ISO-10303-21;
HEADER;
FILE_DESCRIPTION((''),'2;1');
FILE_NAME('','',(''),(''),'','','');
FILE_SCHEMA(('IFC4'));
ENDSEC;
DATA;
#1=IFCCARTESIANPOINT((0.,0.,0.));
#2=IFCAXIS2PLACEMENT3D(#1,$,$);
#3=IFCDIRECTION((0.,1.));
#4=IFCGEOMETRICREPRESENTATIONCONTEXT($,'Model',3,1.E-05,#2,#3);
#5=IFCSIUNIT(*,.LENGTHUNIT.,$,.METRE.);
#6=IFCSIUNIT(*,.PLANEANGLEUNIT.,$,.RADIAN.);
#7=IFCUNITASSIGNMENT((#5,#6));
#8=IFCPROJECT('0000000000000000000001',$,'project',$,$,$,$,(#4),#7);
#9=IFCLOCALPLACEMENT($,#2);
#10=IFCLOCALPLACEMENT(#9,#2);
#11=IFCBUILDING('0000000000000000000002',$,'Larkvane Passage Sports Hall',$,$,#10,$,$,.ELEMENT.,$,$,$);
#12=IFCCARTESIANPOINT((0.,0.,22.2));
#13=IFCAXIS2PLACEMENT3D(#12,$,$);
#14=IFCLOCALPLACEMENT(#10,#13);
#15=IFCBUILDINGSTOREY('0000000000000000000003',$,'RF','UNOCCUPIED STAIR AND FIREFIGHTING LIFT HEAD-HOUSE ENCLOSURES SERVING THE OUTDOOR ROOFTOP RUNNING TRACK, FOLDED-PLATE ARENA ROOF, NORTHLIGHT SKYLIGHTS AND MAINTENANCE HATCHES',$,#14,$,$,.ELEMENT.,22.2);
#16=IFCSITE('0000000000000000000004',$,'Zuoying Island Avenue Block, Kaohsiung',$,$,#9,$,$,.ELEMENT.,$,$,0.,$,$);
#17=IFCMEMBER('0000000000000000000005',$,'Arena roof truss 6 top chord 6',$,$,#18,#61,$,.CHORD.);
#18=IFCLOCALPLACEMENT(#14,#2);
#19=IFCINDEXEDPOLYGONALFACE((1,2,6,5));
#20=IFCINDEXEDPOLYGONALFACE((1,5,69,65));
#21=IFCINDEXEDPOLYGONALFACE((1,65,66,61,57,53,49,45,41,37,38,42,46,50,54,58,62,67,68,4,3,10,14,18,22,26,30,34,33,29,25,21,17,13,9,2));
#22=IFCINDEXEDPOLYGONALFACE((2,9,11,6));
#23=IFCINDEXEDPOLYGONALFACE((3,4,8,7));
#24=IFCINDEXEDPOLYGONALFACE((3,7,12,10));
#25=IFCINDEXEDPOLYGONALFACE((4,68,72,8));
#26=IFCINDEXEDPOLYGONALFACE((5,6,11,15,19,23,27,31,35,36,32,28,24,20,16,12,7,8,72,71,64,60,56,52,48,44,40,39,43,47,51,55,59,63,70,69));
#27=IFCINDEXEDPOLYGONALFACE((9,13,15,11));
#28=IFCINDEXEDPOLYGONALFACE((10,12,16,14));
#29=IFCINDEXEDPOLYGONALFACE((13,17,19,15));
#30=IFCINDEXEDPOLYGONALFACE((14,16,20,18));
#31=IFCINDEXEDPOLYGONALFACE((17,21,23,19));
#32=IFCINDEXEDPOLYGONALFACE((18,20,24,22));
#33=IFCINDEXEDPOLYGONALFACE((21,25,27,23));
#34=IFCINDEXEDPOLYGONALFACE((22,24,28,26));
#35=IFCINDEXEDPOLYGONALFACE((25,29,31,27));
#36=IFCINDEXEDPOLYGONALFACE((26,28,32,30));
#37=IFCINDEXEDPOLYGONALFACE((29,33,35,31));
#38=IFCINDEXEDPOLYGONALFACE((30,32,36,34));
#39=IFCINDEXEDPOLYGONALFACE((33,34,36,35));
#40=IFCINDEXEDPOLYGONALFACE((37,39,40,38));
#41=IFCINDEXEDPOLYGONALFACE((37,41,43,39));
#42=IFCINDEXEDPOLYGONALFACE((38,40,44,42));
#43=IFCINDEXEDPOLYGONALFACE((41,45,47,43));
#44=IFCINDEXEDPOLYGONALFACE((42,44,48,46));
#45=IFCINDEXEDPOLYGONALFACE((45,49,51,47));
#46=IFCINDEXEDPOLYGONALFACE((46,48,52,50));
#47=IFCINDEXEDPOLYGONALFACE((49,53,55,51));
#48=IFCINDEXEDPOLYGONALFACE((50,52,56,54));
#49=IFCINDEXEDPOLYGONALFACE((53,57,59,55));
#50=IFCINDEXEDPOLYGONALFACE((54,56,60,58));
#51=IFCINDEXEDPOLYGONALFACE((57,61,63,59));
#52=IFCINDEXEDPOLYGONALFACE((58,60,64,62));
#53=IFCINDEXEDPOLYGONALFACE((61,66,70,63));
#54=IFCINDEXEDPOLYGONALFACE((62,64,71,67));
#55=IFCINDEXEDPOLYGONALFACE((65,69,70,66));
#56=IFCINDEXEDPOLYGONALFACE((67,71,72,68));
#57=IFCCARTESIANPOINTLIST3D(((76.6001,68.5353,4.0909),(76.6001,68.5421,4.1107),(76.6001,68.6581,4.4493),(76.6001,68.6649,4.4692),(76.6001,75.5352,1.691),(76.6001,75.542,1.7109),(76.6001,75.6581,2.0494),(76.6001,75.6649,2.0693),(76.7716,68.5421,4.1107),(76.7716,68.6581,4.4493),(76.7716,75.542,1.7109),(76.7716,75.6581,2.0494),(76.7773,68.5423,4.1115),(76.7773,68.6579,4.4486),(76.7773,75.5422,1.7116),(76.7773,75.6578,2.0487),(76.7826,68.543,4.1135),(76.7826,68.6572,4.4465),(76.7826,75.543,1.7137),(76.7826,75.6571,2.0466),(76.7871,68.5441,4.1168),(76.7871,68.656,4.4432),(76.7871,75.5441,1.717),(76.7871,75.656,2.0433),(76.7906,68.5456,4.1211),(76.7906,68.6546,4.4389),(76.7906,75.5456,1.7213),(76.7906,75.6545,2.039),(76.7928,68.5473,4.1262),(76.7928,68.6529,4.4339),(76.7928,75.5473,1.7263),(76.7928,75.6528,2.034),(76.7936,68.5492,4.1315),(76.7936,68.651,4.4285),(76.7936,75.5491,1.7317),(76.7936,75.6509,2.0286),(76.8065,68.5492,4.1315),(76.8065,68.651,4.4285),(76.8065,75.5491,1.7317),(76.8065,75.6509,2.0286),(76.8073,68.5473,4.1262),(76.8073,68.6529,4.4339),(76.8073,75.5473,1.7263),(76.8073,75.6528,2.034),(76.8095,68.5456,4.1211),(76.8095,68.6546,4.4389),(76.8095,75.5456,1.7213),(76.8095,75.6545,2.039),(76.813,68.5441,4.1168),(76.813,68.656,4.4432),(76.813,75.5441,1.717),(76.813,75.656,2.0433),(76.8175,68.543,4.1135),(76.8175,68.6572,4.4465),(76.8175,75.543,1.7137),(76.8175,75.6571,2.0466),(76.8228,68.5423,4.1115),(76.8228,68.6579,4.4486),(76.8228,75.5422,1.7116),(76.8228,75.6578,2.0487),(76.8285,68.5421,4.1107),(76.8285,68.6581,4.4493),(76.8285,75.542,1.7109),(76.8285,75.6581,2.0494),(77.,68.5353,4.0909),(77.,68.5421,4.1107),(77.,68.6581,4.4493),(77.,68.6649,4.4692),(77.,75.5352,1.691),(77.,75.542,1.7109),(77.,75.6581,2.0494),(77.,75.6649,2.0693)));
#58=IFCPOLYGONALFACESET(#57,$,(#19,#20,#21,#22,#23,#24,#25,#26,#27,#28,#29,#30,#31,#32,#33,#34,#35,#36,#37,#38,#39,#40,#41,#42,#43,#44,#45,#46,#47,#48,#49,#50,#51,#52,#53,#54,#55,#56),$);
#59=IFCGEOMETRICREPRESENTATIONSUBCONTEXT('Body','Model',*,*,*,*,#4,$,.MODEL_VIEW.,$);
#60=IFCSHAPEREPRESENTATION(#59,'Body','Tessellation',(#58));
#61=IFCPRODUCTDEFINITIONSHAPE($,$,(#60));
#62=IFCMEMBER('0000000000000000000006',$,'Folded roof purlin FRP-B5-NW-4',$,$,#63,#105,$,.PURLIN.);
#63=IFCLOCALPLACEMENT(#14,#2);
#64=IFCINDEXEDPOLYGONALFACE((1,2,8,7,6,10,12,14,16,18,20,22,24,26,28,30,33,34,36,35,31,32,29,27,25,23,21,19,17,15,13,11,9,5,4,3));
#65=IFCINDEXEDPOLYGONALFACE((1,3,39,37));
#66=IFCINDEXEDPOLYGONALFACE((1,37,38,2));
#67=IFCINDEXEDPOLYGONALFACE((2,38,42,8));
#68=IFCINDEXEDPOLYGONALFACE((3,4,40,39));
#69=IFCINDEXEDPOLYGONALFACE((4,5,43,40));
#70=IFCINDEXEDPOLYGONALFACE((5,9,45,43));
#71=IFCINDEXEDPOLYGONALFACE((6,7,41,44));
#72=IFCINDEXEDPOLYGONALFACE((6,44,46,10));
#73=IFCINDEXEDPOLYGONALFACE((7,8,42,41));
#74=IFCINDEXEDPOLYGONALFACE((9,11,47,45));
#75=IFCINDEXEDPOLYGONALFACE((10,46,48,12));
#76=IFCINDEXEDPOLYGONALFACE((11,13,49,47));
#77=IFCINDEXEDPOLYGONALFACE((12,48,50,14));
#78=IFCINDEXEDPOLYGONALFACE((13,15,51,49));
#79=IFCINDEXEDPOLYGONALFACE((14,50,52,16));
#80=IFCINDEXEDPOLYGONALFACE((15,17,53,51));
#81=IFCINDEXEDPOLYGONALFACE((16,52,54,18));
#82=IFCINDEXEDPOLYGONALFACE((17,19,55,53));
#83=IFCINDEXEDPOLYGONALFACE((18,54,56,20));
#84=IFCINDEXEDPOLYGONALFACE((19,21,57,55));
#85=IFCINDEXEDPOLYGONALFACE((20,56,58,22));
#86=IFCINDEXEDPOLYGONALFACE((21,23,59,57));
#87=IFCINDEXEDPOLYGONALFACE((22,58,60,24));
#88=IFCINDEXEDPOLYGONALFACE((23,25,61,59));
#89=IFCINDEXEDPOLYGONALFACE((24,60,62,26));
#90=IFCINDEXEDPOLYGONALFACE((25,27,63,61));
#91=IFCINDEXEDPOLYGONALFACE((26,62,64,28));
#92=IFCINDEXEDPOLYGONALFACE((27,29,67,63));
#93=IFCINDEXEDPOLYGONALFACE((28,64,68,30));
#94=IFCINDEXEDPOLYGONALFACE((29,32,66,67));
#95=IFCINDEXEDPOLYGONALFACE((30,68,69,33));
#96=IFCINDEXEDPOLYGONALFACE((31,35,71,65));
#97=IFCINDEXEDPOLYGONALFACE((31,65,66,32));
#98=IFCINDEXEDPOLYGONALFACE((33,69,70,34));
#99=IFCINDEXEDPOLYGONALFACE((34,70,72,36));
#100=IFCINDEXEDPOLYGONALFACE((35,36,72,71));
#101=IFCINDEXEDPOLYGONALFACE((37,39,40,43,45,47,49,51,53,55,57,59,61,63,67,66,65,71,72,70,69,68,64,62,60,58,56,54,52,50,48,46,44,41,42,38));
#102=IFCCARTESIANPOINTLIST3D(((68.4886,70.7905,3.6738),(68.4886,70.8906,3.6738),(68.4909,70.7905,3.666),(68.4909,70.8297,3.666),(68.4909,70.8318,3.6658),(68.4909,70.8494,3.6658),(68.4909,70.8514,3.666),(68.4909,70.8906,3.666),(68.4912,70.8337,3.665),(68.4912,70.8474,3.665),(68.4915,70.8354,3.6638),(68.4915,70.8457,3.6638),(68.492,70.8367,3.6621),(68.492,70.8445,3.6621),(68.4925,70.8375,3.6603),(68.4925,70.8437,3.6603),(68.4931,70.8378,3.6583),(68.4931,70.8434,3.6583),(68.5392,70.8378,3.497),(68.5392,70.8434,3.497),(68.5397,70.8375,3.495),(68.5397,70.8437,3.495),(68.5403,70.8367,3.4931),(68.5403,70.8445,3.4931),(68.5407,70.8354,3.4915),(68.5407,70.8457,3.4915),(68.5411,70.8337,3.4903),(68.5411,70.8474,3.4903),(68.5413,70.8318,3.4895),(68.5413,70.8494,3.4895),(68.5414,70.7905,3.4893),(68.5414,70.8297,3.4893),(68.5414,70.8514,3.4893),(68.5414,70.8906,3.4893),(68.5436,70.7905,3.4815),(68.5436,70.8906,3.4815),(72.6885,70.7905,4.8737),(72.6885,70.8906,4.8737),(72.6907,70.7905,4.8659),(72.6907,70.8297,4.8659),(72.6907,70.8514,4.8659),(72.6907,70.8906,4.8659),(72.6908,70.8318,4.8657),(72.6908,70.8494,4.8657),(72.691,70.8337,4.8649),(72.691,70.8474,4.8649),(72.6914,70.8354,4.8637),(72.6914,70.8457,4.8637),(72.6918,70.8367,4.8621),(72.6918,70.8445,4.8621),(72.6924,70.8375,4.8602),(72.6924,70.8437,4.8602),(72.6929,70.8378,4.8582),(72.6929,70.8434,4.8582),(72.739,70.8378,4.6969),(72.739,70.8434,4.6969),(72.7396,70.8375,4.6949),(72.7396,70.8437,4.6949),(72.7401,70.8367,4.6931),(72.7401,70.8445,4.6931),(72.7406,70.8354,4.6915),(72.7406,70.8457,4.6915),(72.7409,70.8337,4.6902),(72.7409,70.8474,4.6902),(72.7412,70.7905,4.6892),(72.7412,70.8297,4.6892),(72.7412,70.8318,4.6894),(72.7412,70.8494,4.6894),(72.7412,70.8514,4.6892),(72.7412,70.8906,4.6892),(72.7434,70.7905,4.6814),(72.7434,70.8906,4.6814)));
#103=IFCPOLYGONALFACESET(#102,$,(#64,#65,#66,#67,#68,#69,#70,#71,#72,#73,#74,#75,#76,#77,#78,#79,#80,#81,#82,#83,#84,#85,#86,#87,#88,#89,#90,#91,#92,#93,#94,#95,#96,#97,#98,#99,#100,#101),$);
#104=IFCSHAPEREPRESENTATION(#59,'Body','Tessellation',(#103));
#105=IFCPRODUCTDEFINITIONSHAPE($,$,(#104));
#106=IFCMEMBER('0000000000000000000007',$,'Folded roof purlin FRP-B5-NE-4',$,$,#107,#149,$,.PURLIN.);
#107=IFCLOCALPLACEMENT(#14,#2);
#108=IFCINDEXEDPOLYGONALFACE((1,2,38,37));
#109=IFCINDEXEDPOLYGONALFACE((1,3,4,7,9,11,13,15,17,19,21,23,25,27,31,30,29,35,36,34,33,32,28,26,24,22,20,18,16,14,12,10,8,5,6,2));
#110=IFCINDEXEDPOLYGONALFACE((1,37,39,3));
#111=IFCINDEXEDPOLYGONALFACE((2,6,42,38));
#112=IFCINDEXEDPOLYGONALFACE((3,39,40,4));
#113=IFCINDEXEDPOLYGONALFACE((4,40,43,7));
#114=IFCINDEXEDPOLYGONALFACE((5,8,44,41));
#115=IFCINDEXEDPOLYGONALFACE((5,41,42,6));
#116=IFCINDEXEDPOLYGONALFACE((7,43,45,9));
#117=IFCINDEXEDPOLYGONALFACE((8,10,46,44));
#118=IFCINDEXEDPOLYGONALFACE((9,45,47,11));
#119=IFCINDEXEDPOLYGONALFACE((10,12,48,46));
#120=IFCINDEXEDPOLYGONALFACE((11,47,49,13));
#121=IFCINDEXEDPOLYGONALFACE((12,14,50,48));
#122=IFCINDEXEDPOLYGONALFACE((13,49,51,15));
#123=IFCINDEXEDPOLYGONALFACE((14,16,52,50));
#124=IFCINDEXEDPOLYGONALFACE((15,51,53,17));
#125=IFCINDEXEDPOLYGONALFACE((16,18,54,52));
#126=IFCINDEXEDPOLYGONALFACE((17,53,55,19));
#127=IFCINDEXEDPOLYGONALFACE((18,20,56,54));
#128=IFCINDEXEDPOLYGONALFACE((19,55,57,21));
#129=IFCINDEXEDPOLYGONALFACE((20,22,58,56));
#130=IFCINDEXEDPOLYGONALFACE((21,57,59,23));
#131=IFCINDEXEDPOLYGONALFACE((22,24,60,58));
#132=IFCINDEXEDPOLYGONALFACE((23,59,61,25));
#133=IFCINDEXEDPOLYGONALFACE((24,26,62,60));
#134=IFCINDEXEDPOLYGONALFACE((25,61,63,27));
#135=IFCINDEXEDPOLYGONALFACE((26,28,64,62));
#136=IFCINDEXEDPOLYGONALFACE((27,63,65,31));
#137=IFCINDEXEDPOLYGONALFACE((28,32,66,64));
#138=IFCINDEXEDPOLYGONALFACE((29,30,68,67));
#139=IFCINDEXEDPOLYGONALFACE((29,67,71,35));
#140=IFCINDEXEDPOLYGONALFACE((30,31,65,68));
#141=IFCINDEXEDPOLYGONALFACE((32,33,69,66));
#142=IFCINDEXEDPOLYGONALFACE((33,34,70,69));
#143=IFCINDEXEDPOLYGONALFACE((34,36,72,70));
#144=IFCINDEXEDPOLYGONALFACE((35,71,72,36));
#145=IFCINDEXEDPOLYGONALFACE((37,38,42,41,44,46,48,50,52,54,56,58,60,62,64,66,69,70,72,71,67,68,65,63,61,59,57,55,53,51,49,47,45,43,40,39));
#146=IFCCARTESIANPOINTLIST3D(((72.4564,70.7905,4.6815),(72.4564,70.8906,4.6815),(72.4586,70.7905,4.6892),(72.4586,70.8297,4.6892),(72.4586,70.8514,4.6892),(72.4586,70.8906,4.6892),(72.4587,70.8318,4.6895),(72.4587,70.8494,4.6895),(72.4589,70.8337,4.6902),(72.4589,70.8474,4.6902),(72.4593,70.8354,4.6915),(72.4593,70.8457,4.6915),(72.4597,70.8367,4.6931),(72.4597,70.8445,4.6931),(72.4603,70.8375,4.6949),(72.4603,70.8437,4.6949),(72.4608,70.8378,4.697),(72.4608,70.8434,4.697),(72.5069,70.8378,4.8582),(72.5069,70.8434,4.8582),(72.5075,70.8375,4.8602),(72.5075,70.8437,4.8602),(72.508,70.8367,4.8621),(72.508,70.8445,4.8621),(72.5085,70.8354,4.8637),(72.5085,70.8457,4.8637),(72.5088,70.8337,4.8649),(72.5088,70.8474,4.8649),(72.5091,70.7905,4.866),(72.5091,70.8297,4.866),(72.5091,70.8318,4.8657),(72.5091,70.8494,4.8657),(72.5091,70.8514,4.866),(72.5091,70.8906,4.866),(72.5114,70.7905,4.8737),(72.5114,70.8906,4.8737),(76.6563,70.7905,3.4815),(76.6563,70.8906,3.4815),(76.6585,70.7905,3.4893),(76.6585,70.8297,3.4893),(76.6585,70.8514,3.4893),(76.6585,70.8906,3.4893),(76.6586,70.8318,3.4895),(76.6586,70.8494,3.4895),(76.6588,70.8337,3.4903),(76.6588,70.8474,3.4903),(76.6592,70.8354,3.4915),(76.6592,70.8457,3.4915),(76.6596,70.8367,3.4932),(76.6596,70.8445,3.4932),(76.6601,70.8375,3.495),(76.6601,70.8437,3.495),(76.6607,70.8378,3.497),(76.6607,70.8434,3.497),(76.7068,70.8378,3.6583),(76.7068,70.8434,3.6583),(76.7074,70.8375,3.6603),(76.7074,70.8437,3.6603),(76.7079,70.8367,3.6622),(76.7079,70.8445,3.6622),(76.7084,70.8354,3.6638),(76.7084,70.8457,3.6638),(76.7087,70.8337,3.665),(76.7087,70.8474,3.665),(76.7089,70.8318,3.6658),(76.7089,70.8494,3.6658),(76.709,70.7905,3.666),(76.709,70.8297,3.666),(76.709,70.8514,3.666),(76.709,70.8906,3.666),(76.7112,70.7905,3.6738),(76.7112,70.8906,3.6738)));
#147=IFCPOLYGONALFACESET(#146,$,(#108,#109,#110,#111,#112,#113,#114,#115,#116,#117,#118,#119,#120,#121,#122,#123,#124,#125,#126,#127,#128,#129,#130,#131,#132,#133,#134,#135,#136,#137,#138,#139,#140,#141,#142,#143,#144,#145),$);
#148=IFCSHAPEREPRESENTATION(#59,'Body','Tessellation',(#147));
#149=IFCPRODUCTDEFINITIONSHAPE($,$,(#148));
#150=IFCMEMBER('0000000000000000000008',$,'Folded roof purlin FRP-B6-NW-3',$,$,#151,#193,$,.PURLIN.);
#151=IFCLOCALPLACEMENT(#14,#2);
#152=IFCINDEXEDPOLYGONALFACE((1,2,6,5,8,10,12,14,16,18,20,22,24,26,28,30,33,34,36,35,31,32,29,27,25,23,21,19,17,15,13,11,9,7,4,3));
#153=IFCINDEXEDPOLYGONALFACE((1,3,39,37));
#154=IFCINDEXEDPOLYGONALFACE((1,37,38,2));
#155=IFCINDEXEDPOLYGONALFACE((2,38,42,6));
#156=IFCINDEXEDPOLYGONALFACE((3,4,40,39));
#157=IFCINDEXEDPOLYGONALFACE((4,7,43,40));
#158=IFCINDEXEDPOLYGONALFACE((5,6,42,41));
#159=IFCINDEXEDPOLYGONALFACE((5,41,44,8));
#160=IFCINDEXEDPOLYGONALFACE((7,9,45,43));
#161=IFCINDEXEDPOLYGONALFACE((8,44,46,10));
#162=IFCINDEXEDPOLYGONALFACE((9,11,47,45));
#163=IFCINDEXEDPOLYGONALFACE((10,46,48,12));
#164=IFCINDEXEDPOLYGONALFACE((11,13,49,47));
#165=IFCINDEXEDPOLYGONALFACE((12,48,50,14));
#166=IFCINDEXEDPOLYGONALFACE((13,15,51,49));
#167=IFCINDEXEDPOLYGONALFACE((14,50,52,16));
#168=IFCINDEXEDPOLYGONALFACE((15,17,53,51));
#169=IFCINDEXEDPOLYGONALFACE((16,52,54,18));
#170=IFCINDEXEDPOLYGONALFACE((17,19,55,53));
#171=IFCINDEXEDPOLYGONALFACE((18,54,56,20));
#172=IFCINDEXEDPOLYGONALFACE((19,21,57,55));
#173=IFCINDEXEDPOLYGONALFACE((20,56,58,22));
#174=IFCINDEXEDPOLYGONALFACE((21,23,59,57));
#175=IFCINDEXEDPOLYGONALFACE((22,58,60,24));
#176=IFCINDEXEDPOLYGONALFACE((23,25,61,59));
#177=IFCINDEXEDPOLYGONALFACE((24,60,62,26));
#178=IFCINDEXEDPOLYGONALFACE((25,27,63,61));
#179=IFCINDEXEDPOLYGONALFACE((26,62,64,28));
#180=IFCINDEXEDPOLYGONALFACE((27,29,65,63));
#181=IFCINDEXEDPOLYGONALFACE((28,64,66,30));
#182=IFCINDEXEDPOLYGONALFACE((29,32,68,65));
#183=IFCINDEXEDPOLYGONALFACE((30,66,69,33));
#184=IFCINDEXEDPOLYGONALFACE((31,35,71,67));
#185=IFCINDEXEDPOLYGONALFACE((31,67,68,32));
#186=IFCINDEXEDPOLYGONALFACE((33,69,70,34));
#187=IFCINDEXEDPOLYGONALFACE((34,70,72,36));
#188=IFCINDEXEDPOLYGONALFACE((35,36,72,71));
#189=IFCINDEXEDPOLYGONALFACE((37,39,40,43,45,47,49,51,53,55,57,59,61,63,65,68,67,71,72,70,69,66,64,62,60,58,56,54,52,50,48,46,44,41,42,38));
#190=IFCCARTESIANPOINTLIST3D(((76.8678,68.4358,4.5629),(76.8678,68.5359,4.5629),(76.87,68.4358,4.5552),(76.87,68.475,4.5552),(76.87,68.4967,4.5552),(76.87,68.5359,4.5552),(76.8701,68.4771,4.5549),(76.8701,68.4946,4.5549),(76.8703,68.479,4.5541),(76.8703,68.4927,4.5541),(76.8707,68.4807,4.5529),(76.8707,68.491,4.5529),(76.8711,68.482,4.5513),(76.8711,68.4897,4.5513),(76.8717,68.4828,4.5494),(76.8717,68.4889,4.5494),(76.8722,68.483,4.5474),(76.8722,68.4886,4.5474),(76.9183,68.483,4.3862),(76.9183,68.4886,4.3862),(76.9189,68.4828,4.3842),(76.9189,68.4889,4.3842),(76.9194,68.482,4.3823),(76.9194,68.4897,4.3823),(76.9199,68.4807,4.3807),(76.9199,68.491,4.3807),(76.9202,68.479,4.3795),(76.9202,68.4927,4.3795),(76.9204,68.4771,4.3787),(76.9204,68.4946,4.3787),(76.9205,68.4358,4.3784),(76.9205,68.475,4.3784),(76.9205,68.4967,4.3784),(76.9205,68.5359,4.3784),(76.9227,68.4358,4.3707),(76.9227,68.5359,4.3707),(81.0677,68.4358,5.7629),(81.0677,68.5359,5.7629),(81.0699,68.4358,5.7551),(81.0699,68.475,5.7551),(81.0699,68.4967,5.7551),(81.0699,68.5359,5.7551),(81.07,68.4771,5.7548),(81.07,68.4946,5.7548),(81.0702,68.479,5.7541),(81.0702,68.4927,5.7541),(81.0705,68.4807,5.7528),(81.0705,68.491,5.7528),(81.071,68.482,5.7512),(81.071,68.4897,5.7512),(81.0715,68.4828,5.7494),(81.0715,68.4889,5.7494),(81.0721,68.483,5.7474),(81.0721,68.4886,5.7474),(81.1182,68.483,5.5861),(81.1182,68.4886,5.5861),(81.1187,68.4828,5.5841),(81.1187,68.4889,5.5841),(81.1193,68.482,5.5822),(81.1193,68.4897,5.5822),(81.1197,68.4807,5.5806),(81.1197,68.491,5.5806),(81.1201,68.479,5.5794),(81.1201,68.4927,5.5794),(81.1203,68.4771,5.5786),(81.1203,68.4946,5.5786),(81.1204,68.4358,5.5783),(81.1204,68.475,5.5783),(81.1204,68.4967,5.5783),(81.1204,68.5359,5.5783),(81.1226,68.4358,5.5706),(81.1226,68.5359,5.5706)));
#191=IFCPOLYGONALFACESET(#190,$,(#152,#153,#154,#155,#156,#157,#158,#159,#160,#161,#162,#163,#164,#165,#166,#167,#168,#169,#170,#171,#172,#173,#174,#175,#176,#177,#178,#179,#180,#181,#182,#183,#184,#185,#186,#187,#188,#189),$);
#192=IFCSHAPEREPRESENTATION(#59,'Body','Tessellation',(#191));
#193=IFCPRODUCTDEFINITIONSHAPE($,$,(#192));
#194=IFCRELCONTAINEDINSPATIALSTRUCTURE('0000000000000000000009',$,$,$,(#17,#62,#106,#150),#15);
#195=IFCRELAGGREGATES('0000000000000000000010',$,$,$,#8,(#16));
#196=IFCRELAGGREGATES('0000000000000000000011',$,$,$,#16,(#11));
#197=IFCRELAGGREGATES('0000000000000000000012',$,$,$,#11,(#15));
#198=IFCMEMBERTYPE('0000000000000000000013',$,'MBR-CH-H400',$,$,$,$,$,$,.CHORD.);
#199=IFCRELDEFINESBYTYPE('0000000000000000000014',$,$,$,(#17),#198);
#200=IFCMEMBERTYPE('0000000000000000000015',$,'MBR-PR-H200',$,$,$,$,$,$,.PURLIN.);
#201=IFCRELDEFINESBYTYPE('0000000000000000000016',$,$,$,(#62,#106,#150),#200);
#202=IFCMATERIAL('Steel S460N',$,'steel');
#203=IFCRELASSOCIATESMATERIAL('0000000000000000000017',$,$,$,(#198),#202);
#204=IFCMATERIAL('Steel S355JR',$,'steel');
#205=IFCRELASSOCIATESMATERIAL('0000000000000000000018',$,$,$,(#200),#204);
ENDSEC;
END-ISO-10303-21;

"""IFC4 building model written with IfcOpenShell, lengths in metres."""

from ifc_helpers import new_model, si_unit, direction, frame, origin, origin_2d, place, context, subcontext, project, spatial, i_section, extrude, material, material_profile, profile_set, type_object, element, save


model = new_model("IFC4")

# Units and contexts
model_context = context("Model", 3, precision=1e-05, world=origin(), true_north=direction((0.0, 1.0)))
body_context = subcontext(model_context, "Body", "Model", "MODEL_VIEW")
ifc_project = project(units=[si_unit("LENGTHUNIT", "METRE"), si_unit("PLANEANGLEUNIT", "RADIAN")], contexts=[model_context])

# Site, building, storey
site_placement = place(None, origin())
site = spatial("IfcSite", under=ifc_project, at=site_placement, Name="Zuoying Island Avenue Block, Kaohsiung", CompositionType="ELEMENT", RefElevation=0.0)
building_placement = place(site_placement, origin())
building = spatial("IfcBuilding", under=site, at=building_placement, Name="Larkvane Passage Sports Hall", CompositionType="ELEMENT")
storey_placement = place(building_placement, frame((0.0, 0.0, 22.2)))
storey = spatial("IfcBuildingStorey", under=building, at=storey_placement, Name="RF", Description="UNOCCUPIED STAIR AND FIREFIGHTING LIFT HEAD-HOUSE ENCLOSURES SERVING THE OUTDOOR ROOFTOP RUNNING TRACK, FOLDED-PLATE ARENA ROOF, NORTHLIGHT SKYLIGHTS AND MAINTENANCE HATCHES", CompositionType="ELEMENT", Elevation=22.2)

# Members
ifc_material_1 = material(Name="Steel S355JR", Category="steel")
ifc_material_2 = material(Name="Steel S460N", Category="steel")
ifc_material_profile_1 = material_profile(ifc_material_2, i_section(OverallWidth=0.3999, OverallDepth=0.3999, WebThickness=0.0129, FlangeThickness=0.021, FilletRadius=0.022, at=origin_2d()), Name="H-400x400x13x21")
ifc_profile_set_1 = profile_set([ifc_material_profile_1], Name="Steel S460N")
member_type_1 = type_object("IfcMemberType", Name="MBR-CH-H400", PredefinedType="CHORD", material=ifc_profile_set_1)
member_1_placement = place(storey_placement, frame((76.8, 68.6001, 4.28), z_axis=(0.0, 0.94595, -0.324313), x_axis=(-1.0, 0.0, 0.0)))
element("IfcMember", 1, at=member_1_placement, inside=storey, type_object=member_type_1, Name="Arena roof truss 6 top chord 6", PredefinedType="CHORD", context=body_context, shape_type="SweptSolid", body=[
    extrude(i_section(OverallWidth=0.3999, OverallDepth=0.3999, WebThickness=0.0129, FlangeThickness=0.021, FilletRadius=0.022, at=origin_2d()), origin(), (0.0, 0.0, 1.0), 7.3999),
])
ifc_material_profile_2 = material_profile(ifc_material_1, i_section(OverallWidth=0.1001, OverallDepth=0.2, WebThickness=0.0056, FlangeThickness=0.0081, FilletRadius=0.0081, at=origin_2d()), Name="H-200x100x5.5x8")
ifc_profile_set_2 = profile_set([ifc_material_profile_2], Name="Steel S355JR")
member_type_2 = type_object("IfcMemberType", Name="MBR-PR-H200", PredefinedType="PURLIN", material=ifc_profile_set_2)
for number, where, z_axis, x_axis, name in (
    (2, (68.5161, 70.8406, 3.5776), (0.961526, 0.0, 0.274714), (0.0, 1.0, 0.0), "Folded roof purlin FRP-B5-NW-4"),
    (3, (72.4839, 70.8406, 4.7776), (0.961526, 0.0, -0.274714), (0.0, 1.0, 0.0), "Folded roof purlin FRP-B5-NE-4"),
    (4, (76.8953, 68.4858, 4.4668), (0.961526, 0.0, 0.274714), (0.0, 1.0, 0.0), "Folded roof purlin FRP-B6-NW-3"),
):
    element("IfcMember", number, at=place(storey_placement, frame(where, z_axis=z_axis, x_axis=x_axis)), inside=storey, type_object=member_type_2, Name=name, PredefinedType="PURLIN", context=body_context, shape_type="SweptSolid", body=[
        extrude(i_section(OverallWidth=0.1001, OverallDepth=0.2, WebThickness=0.0056, FlangeThickness=0.0081, FilletRadius=0.0081, at=origin_2d()), origin(), (0.0, 0.0, 1.0), 4.3679),
    ])

save(model, "model.ifc")
